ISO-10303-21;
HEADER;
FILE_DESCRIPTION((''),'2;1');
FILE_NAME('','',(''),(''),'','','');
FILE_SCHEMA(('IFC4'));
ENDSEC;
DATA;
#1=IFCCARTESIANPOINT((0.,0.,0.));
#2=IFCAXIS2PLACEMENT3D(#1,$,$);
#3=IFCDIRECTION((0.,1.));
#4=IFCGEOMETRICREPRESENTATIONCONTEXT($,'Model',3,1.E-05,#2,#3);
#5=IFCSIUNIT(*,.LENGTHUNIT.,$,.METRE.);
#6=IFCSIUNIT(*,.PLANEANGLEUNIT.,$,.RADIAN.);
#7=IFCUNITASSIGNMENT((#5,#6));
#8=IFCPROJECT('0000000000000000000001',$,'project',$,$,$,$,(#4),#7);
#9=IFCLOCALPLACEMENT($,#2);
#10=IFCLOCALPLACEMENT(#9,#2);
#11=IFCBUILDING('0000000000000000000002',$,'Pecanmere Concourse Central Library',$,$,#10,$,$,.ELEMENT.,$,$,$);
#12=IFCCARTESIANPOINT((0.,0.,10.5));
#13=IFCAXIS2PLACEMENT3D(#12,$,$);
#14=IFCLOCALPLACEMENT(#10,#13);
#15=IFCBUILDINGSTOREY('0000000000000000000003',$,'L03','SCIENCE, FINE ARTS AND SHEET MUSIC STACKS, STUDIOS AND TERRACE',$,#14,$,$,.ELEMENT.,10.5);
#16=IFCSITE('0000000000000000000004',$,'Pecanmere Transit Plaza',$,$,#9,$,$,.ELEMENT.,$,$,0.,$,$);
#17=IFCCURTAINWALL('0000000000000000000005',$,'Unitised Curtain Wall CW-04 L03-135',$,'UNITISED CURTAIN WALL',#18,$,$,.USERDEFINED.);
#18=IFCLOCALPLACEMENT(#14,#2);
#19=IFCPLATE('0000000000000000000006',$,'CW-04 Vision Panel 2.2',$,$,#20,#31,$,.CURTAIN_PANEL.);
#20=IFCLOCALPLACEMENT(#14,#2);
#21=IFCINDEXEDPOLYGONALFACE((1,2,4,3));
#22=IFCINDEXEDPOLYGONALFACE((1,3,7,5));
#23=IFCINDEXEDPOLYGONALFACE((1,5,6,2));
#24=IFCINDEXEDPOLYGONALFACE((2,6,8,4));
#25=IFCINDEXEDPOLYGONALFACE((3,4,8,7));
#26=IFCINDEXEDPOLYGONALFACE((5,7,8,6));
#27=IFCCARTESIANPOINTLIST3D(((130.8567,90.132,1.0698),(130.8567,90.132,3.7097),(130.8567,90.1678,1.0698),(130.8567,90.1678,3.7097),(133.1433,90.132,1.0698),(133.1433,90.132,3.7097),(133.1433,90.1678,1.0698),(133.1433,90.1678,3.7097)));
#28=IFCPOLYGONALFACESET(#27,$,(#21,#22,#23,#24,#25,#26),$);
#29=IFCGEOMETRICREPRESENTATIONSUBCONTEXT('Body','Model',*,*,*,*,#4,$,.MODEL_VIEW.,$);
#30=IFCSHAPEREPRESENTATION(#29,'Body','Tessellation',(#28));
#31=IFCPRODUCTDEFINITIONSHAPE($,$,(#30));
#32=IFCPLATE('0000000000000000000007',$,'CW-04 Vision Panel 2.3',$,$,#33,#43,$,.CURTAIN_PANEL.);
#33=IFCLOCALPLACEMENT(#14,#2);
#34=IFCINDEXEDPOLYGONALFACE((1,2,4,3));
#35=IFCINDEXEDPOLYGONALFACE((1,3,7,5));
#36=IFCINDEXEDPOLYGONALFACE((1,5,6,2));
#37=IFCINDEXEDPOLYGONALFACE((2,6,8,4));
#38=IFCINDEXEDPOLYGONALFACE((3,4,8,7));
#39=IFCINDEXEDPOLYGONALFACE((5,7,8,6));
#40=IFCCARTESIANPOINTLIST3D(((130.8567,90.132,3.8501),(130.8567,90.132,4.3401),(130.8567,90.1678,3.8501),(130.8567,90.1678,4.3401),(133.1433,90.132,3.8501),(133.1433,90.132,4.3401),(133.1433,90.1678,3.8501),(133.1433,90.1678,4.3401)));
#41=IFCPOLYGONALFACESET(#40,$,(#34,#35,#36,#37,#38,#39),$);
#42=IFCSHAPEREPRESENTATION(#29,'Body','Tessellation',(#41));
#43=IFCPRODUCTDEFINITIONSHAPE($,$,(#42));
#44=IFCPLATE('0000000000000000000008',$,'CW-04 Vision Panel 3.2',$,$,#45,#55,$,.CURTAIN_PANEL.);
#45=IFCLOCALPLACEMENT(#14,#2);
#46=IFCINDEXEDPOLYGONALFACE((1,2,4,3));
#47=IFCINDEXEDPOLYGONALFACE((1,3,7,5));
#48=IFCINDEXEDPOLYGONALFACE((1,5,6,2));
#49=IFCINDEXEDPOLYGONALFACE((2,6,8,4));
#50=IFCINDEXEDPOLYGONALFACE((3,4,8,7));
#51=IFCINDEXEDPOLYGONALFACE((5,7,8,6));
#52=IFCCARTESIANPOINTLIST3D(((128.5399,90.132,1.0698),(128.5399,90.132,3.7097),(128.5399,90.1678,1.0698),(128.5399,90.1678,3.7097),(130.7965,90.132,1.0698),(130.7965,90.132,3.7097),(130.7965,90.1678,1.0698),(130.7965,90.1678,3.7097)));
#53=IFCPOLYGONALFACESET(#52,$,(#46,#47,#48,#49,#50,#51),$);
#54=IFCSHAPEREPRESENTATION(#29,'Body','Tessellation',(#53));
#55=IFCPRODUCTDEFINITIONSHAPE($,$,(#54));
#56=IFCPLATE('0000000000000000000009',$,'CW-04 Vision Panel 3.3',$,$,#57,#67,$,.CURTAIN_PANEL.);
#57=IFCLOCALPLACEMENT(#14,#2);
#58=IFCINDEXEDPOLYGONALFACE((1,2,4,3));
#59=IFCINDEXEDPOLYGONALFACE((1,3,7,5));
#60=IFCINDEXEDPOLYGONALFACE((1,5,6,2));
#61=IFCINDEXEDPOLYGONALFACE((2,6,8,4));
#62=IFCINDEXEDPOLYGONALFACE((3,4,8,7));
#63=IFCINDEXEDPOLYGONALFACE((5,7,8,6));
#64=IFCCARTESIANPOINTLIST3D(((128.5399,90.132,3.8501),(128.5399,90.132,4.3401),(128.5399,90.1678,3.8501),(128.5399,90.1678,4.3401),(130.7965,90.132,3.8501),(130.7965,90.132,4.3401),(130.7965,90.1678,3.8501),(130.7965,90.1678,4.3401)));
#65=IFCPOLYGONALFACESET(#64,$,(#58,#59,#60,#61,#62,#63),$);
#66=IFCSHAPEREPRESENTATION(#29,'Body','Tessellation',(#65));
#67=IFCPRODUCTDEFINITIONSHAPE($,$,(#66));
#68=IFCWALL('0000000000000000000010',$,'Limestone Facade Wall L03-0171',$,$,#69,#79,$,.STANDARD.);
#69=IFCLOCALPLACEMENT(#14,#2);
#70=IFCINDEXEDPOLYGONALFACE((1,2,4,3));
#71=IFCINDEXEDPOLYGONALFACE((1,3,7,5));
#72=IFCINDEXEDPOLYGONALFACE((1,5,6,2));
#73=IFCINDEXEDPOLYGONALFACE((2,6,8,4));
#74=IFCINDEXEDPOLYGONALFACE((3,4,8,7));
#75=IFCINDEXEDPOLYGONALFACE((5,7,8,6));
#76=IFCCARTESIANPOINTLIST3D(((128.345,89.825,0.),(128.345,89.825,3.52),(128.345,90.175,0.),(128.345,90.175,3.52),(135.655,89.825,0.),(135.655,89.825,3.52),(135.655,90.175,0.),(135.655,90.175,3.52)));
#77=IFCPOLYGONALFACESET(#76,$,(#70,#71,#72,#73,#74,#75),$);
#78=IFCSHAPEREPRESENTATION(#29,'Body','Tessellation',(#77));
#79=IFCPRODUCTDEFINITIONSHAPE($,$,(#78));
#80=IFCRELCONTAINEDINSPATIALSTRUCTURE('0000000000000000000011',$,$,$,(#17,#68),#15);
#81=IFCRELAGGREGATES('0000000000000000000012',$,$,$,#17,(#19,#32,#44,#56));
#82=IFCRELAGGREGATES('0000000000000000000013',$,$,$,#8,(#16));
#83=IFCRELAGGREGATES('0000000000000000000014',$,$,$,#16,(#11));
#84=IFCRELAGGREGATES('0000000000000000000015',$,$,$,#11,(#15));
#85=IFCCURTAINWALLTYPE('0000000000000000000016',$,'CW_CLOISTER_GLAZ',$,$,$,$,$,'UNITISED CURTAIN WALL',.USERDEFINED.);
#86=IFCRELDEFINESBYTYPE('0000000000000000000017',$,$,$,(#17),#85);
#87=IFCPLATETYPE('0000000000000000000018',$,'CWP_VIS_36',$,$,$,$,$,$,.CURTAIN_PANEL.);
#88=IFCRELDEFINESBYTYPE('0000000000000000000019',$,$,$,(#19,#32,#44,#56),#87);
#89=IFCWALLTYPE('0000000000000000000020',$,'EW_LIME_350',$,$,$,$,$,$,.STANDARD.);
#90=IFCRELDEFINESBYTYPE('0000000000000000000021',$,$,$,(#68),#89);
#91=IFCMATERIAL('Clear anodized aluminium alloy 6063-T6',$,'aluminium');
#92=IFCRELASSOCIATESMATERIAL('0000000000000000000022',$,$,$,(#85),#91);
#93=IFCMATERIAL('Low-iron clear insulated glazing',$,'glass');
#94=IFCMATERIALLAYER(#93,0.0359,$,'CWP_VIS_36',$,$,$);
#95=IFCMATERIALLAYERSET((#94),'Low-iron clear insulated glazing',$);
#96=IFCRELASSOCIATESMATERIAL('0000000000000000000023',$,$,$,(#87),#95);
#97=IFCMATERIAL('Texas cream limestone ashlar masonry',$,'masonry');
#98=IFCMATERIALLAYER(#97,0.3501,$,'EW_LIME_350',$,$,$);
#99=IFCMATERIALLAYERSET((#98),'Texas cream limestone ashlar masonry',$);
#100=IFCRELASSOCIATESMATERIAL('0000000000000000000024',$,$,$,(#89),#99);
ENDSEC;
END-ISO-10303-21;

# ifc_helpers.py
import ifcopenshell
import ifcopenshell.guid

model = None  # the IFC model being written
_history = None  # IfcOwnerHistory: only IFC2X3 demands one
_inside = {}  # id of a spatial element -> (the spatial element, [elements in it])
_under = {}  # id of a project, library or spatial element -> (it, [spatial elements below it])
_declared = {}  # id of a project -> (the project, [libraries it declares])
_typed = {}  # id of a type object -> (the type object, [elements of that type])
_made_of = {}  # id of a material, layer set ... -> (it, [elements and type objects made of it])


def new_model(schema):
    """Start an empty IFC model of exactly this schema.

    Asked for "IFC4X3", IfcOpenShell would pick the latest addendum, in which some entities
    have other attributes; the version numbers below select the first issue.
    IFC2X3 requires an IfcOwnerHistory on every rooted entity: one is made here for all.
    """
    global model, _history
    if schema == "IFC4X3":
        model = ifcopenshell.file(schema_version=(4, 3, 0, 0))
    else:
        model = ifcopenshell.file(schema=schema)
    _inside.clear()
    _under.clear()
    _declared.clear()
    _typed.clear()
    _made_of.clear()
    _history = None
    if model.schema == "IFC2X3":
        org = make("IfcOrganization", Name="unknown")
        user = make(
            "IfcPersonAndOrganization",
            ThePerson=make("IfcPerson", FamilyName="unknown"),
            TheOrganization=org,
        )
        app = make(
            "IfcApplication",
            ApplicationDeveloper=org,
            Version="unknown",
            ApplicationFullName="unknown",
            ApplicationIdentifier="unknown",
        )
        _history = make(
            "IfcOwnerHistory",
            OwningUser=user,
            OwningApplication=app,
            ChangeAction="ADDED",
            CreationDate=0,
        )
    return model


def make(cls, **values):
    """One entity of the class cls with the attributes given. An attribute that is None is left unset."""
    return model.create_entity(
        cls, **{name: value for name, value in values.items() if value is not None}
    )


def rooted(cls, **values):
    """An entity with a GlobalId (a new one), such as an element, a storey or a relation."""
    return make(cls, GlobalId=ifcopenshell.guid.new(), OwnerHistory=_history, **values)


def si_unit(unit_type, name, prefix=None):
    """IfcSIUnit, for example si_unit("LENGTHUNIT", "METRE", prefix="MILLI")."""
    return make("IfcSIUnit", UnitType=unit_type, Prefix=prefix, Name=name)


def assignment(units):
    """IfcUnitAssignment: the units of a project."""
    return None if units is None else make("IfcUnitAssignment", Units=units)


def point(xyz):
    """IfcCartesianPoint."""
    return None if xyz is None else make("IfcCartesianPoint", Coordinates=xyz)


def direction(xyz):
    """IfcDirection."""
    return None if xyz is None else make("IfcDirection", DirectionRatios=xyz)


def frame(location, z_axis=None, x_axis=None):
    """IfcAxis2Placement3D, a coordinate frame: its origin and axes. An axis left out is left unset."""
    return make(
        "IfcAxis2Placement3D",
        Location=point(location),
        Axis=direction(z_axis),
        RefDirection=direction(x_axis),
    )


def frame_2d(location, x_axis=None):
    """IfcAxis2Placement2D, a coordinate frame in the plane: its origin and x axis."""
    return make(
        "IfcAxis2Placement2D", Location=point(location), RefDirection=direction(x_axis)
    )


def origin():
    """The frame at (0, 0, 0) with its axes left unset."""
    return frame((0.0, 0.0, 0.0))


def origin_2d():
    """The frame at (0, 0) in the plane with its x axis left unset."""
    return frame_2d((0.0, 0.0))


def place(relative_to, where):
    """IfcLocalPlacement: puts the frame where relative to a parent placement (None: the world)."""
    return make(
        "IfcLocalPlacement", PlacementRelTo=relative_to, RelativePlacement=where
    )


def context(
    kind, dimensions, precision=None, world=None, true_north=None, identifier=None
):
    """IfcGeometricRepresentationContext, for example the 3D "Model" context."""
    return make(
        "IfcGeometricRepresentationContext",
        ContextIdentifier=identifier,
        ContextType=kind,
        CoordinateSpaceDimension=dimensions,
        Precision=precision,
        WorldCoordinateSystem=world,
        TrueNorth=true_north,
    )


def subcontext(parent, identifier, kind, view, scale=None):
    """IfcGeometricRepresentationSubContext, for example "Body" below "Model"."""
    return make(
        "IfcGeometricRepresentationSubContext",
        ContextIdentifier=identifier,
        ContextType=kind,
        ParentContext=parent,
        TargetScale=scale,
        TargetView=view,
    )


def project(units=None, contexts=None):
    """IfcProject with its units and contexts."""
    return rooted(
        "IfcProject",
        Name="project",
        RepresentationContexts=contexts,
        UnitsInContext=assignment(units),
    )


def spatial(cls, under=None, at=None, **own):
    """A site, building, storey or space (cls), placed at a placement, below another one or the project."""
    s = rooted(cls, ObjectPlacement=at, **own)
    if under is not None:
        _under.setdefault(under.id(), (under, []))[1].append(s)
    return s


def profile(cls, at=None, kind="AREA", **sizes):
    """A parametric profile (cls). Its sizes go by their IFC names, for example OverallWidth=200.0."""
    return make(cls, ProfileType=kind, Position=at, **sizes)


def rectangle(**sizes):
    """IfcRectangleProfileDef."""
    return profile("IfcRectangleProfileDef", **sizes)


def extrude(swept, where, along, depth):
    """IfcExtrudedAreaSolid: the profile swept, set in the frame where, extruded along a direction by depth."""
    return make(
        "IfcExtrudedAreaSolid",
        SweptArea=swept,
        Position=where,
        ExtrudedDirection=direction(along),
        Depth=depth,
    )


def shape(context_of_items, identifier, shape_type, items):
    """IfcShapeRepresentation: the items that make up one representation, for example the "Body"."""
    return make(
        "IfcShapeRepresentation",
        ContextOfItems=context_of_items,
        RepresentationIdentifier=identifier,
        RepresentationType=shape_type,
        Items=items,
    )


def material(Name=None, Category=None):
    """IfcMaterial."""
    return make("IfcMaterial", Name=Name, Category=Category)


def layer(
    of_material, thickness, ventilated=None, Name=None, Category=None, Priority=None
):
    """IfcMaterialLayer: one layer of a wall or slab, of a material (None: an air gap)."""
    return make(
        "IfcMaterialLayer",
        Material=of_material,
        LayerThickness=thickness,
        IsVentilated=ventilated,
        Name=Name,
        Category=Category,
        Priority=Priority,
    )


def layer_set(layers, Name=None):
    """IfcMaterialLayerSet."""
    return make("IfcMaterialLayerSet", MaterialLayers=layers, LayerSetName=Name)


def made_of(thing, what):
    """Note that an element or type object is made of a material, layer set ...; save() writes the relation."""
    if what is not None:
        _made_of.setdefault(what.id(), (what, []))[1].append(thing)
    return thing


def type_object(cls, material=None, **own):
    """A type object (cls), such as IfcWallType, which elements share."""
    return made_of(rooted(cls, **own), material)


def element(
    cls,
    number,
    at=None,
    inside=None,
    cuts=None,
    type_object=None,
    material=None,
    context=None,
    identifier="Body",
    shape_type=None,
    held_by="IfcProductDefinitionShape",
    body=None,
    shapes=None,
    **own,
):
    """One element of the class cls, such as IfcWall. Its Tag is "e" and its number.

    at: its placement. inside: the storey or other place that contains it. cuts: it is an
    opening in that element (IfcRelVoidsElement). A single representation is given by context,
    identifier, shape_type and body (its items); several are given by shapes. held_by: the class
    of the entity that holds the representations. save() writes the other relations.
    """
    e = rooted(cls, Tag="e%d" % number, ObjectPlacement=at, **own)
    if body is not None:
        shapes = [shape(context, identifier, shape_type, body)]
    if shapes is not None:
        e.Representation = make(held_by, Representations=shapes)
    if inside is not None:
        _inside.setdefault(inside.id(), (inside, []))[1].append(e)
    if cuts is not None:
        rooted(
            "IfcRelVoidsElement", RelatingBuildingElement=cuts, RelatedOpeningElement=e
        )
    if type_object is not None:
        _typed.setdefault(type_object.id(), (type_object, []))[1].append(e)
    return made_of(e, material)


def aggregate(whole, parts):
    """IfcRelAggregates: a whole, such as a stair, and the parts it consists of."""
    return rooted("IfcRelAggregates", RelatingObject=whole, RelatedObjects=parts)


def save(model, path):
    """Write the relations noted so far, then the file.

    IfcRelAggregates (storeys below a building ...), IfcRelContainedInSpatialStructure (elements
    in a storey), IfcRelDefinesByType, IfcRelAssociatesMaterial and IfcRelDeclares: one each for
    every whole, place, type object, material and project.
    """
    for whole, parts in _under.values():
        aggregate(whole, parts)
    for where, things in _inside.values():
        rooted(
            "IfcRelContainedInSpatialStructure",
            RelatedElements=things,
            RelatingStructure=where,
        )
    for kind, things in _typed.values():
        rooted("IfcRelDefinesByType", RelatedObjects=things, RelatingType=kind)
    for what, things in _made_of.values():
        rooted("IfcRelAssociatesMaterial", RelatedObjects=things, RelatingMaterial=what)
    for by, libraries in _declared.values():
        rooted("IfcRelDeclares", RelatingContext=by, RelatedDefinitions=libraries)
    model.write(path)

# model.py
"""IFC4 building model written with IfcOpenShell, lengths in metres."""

from ifc_helpers import new_model, si_unit, direction, frame, frame_2d, origin, origin_2d, place, context, subcontext, project, spatial, rectangle, extrude, material, layer, layer_set, type_object, element, aggregate, save


model = new_model("IFC4")

# Units and contexts
model_context = context("Model", 3, precision=1e-05, world=origin(), true_north=direction((0.0, 1.0)))
body_context = subcontext(model_context, "Body", "Model", "MODEL_VIEW")
ifc_project = project(units=[si_unit("LENGTHUNIT", "METRE"), si_unit("PLANEANGLEUNIT", "RADIAN")], contexts=[model_context])

# Site, building, storey
site_placement = place(None, origin())
site = spatial("IfcSite", under=ifc_project, at=site_placement, Name="Pecanmere Transit Plaza", CompositionType="ELEMENT", RefElevation=0.0)
building_placement = place(site_placement, origin())
building = spatial("IfcBuilding", under=site, at=building_placement, Name="Pecanmere Concourse Central Library", CompositionType="ELEMENT")
storey_placement = place(building_placement, frame((0.0, 0.0, 10.5)))
storey = spatial("IfcBuildingStorey", under=building, at=storey_placement, Name="L03", Description="SCIENCE, FINE ARTS AND SHEET MUSIC STACKS, STUDIOS AND TERRACE", CompositionType="ELEMENT", Elevation=10.5)

# Curtain wall
ifc_material_1 = material(Name="Clear anodized aluminium alloy 6063-T6", Category="aluminium")
curtain_wall_type = type_object("IfcCurtainWallType", Name="CW_CLOISTER_GLAZ", ElementType="UNITISED CURTAIN WALL", PredefinedType="USERDEFINED", material=ifc_material_1)
curtain_wall_placement = place(storey_placement, origin())
curtain_wall = element("IfcCurtainWall", 1, at=curtain_wall_placement, inside=storey, type_object=curtain_wall_type, Name="Unitised Curtain Wall CW-04 L03-135", ObjectType="UNITISED CURTAIN WALL", PredefinedType="USERDEFINED")

# Plates
ifc_material_2 = material(Name="Low-iron clear insulated glazing", Category="glass")
ifc_layer_1 = layer(ifc_material_2, 0.0359, Name="CWP_VIS_36")
ifc_layer_set_1 = layer_set([ifc_layer_1], Name="Low-iron clear insulated glazing")
plate_type_1 = type_object("IfcPlateType", Name="CWP_VIS_36", PredefinedType="CURTAIN_PANEL", material=ifc_layer_set_1)
plate_1_placement = place(storey_placement, frame((132.0, 90.1499, 1.0698), z_axis=(0.0, 0.0, 1.0), x_axis=(-1.0, 0.0, 0.0)))
plate_1 = element("IfcPlate", 2, at=plate_1_placement, type_object=plate_type_1, Name="CW-04 Vision Panel 2.2", PredefinedType="CURTAIN_PANEL", context=body_context, shape_type="SweptSolid", body=[
    extrude(rectangle(XDim=2.2866, YDim=0.0359, at=origin_2d()), origin(), (0.0, 0.0, 1.0), 2.6399),
])
plate_2_placement = place(storey_placement, frame((132.0, 90.1499, 3.8501), z_axis=(0.0, 0.0, 1.0), x_axis=(-1.0, 0.0, 0.0)))
plate_2 = element("IfcPlate", 3, at=plate_2_placement, type_object=plate_type_1, Name="CW-04 Vision Panel 2.3", PredefinedType="CURTAIN_PANEL", context=body_context, shape_type="SweptSolid", body=[
    extrude(rectangle(XDim=2.2866, YDim=0.0359, at=origin_2d()), origin(), (0.0, 0.0, 1.0), 0.49),
])
plate_3_placement = place(storey_placement, frame((129.6682, 90.1499, 1.0698), z_axis=(0.0, 0.0, 1.0), x_axis=(-1.0, 0.0, 0.0)))
plate_3 = element("IfcPlate", 4, at=plate_3_placement, type_object=plate_type_1, Name="CW-04 Vision Panel 3.2", PredefinedType="CURTAIN_PANEL", context=body_context, shape_type="SweptSolid", body=[
    extrude(rectangle(XDim=2.2566, YDim=0.0359, at=origin_2d()), origin(), (0.0, 0.0, 1.0), 2.6399),
])
plate_4_placement = place(storey_placement, frame((129.6682, 90.1499, 3.8501), z_axis=(0.0, 0.0, 1.0), x_axis=(-1.0, 0.0, 0.0)))
plate_4 = element("IfcPlate", 5, at=plate_4_placement, type_object=plate_type_1, Name="CW-04 Vision Panel 3.3", PredefinedType="CURTAIN_PANEL", context=body_context, shape_type="SweptSolid", body=[
    extrude(rectangle(XDim=2.2566, YDim=0.0359, at=origin_2d()), origin(), (0.0, 0.0, 1.0), 0.49),
])
aggregate(curtain_wall, [plate_1, plate_2, plate_3, plate_4])

# Wall
ifc_material_3 = material(Name="Texas cream limestone ashlar masonry", Category="masonry")
ifc_layer_2 = layer(ifc_material_3, 0.3501, Name="EW_LIME_350")
ifc_layer_set_2 = layer_set([ifc_layer_2], Name="Texas cream limestone ashlar masonry")
wall_type = type_object("IfcWallType", Name="EW_LIME_350", PredefinedType="STANDARD", material=ifc_layer_set_2)
wall_placement = place(storey_placement, frame((128.345, 90.0, 0.0), z_axis=(0.0, 0.0, 1.0), x_axis=(1.0, 0.0, 0.0)))
element("IfcWall", 6, at=wall_placement, inside=storey, type_object=wall_type, Name="Limestone Facade Wall L03-0171", PredefinedType="STANDARD", context=body_context, shape_type="SweptSolid", body=[
    extrude(rectangle(XDim=7.3101, YDim=0.3501, at=frame_2d((3.655, 0.0))), origin(), (0.0, 0.0, 1.0), 3.52),
])

save(model, "model.ifc")
